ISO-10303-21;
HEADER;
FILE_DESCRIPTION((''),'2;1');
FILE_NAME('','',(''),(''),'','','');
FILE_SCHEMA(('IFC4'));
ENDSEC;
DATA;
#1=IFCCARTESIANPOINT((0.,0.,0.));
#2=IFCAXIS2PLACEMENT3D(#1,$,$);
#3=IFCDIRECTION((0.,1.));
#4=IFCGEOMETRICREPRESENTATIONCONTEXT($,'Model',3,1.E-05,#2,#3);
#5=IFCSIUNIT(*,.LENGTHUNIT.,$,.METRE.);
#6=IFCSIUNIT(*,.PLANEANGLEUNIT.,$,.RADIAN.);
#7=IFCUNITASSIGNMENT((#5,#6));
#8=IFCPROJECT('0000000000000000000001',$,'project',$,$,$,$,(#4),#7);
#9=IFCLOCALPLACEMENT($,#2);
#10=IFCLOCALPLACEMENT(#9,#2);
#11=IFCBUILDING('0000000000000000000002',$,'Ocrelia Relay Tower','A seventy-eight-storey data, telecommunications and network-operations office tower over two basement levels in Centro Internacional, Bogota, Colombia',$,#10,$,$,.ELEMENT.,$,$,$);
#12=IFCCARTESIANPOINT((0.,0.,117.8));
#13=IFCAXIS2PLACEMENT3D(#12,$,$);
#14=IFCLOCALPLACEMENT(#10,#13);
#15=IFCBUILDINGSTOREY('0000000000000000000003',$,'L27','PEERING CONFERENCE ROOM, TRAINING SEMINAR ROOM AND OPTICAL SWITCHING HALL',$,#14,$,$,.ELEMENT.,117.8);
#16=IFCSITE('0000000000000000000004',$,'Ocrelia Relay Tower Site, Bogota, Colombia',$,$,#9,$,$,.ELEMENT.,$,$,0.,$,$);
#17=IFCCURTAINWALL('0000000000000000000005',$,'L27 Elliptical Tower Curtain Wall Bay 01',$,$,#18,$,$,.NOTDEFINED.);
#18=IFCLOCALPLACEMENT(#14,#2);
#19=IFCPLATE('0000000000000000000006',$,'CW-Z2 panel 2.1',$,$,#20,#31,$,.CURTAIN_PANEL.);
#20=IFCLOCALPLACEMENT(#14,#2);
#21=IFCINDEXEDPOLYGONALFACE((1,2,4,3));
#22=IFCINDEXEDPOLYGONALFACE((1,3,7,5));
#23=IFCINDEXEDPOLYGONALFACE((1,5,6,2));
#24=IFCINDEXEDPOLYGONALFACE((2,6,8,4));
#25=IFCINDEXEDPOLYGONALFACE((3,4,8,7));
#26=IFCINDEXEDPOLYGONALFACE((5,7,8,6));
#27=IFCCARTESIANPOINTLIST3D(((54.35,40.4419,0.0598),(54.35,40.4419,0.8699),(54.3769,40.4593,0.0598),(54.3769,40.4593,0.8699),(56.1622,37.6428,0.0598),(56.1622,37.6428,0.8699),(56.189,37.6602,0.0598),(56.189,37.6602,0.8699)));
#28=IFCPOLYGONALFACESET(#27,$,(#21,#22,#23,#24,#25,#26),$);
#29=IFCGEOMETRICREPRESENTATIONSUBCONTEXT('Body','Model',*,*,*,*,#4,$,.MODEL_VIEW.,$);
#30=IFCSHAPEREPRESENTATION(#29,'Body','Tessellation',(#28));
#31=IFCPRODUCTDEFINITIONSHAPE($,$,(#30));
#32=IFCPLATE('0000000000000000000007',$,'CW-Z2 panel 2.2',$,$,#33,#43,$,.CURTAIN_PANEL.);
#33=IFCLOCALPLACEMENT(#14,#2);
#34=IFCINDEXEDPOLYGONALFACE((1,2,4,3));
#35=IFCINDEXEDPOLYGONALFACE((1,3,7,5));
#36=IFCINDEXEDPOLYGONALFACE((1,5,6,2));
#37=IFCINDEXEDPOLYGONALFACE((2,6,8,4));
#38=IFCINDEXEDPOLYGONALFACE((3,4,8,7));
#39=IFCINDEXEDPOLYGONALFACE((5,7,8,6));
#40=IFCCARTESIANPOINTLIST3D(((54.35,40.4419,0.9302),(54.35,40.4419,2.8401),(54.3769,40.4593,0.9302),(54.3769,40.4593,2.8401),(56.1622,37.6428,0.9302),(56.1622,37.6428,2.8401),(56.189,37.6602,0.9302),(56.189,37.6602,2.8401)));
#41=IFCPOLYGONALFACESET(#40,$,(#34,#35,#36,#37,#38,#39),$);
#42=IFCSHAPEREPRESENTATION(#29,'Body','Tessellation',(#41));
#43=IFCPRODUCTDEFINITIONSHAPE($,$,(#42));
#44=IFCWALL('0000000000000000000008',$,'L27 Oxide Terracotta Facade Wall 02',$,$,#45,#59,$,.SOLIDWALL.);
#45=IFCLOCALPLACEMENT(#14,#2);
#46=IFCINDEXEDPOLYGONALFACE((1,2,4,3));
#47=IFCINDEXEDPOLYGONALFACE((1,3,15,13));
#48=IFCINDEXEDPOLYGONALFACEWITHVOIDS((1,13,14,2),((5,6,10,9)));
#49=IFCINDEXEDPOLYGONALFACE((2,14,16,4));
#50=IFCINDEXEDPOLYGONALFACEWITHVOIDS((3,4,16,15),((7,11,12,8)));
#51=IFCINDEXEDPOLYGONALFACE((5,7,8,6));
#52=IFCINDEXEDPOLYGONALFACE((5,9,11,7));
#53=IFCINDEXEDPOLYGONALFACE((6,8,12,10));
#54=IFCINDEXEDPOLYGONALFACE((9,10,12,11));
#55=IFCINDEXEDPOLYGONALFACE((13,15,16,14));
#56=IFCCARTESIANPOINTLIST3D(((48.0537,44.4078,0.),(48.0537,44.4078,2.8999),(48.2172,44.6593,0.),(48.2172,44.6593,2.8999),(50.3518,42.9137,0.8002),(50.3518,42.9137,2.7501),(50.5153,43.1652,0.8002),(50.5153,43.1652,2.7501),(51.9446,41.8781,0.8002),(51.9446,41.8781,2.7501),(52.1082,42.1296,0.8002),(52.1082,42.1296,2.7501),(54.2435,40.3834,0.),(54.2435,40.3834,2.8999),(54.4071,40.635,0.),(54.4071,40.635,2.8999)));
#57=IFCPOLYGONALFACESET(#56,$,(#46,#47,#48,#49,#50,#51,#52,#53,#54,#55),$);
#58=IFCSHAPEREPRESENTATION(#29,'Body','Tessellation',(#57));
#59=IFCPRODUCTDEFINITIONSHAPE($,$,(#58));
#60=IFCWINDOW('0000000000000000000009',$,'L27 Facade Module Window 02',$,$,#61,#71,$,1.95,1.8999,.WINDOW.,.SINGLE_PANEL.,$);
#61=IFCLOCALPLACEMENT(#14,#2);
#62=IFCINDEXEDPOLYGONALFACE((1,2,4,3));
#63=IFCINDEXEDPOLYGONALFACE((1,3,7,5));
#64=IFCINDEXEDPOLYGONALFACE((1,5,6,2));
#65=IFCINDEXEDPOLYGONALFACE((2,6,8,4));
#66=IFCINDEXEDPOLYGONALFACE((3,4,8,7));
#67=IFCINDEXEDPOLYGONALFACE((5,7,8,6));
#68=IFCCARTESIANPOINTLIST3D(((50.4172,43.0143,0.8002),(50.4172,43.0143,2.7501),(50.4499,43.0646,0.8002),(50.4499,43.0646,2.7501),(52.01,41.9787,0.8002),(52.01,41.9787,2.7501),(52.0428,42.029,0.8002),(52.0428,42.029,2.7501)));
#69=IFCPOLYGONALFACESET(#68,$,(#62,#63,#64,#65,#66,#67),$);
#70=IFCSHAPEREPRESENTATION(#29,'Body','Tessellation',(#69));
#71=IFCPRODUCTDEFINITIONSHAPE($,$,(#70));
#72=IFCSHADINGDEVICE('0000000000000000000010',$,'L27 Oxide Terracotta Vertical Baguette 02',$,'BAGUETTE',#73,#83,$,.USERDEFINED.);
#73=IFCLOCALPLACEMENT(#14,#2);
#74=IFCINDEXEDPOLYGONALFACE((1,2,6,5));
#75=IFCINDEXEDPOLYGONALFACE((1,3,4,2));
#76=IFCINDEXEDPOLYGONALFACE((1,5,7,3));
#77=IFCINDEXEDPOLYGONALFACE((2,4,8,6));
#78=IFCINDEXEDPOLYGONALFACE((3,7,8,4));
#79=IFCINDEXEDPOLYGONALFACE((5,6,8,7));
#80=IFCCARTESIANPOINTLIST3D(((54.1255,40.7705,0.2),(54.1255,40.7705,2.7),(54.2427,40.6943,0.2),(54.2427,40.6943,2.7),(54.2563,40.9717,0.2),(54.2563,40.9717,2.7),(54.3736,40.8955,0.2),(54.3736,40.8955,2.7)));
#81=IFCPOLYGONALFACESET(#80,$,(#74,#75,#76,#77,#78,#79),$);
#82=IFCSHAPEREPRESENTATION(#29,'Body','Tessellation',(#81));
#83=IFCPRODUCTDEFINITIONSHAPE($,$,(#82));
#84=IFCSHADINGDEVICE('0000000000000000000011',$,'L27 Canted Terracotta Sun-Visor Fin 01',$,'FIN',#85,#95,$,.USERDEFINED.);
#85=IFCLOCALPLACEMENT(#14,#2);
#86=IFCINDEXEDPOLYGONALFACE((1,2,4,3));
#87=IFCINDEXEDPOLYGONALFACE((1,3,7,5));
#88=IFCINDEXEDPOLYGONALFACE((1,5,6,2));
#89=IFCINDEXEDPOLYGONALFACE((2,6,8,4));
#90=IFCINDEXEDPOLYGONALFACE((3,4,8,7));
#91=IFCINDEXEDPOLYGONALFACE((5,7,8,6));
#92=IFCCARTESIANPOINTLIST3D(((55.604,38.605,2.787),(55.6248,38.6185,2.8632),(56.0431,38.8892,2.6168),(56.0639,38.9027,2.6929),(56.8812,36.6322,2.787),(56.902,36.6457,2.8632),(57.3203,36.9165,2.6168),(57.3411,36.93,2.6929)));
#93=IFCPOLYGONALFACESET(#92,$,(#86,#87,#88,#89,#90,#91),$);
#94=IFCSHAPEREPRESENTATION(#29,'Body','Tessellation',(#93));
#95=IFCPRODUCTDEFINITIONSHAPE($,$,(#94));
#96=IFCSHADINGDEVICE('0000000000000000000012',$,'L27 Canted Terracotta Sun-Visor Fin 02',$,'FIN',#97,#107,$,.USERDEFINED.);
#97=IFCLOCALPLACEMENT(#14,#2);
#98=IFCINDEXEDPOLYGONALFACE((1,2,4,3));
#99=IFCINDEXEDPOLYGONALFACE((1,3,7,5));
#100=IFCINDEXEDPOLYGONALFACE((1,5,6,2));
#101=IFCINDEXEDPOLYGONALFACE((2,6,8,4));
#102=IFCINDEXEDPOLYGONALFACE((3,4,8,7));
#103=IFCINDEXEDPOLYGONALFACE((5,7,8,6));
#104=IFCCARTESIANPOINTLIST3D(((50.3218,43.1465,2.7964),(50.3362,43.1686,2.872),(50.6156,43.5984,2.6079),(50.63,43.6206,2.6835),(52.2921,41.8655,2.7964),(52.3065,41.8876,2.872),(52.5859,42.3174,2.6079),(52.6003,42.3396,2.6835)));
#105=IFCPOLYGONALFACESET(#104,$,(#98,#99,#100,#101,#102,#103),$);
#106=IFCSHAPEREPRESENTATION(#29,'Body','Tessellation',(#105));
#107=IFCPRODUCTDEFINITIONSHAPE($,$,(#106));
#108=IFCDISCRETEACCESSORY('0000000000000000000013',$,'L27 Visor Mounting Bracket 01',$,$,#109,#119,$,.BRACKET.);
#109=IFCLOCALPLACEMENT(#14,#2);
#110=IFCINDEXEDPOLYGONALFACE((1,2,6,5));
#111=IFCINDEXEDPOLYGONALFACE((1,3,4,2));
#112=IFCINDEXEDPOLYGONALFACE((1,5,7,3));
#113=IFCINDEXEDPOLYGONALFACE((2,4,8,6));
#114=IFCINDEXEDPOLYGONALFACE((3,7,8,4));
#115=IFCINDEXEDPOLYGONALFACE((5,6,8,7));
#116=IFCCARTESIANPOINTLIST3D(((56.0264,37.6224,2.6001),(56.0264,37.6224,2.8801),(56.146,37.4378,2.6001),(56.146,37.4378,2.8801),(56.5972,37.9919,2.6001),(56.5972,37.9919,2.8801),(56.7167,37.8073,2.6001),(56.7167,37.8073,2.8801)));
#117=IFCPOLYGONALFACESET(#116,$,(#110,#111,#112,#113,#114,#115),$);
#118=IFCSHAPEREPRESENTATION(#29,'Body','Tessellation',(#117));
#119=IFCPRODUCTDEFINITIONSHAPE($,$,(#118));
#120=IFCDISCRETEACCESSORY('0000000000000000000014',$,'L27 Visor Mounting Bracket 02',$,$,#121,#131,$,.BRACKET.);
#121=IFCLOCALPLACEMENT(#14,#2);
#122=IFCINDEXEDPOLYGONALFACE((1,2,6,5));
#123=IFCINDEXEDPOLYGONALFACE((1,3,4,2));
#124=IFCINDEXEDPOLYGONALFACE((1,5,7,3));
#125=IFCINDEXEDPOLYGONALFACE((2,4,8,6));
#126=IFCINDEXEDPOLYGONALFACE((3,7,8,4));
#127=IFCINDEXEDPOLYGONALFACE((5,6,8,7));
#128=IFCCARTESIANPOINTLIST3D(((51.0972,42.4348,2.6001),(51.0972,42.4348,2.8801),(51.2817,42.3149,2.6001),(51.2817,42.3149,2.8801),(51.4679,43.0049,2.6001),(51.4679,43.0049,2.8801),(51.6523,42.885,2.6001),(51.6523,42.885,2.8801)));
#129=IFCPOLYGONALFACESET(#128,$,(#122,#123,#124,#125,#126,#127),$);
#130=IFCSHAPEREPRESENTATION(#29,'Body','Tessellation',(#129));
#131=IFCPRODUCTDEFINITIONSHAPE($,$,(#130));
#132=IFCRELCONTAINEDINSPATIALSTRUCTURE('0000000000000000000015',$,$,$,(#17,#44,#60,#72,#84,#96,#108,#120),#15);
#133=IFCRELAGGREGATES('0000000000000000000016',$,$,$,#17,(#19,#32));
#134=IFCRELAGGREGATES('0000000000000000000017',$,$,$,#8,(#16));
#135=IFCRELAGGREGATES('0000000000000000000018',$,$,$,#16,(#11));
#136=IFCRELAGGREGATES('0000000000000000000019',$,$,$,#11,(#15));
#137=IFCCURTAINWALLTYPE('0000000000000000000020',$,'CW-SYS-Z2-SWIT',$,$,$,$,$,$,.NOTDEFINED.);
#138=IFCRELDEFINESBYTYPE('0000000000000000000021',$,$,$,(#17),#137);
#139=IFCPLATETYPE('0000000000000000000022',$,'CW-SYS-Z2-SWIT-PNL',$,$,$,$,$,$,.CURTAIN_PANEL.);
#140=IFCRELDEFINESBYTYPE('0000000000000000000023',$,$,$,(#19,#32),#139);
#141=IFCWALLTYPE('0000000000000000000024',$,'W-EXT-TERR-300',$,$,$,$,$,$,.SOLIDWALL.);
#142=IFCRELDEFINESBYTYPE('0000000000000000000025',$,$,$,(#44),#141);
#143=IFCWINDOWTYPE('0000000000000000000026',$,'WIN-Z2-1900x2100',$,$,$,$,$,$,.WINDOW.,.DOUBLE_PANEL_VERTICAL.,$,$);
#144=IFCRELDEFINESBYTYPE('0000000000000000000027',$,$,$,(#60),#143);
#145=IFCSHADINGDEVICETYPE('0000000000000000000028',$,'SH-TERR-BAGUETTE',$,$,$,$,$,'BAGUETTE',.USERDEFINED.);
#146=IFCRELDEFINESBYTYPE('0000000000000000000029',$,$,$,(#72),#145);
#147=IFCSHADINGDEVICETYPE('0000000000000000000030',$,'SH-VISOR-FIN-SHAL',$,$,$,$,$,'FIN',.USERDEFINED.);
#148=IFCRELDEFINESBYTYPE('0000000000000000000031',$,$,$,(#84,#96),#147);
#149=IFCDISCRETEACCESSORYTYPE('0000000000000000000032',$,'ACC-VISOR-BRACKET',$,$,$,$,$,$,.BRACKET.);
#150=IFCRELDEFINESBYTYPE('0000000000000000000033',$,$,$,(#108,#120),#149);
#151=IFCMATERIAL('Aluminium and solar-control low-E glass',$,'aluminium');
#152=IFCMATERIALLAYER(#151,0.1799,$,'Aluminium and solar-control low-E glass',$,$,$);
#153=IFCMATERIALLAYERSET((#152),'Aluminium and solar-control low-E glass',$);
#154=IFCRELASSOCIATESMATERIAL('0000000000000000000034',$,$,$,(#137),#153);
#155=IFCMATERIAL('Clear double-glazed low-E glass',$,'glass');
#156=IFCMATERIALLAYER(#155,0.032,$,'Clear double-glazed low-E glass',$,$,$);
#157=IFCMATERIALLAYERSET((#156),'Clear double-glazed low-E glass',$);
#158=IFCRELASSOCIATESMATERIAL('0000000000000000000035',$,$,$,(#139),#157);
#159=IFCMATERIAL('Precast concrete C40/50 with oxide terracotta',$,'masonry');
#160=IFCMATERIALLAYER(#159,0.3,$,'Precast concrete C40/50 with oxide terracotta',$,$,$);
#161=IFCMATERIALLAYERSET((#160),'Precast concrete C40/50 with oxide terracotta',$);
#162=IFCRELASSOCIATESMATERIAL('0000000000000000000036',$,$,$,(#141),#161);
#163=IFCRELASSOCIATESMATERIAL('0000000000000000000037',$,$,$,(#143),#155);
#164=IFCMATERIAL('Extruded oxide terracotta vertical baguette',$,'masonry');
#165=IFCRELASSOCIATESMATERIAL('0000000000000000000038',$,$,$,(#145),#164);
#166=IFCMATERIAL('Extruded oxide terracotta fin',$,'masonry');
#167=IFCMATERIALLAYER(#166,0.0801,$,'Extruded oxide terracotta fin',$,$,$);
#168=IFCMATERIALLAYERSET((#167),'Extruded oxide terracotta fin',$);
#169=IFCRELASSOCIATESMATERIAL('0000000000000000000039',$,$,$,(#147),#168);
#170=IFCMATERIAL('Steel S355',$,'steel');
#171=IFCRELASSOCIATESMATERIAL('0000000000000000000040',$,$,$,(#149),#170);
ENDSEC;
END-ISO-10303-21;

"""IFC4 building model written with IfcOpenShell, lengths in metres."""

from ifc_helpers import new_model, si_unit, direction, frame, frame_2d, origin, origin_2d, place, context, subcontext, project, spatial, rectangle, extrude, material, layer, layer_set, type_object, element, fill, aggregate, save


model = new_model("IFC4")

# Units and contexts
model_context = context("Model", 3, precision=1e-05, world=origin(), true_north=direction((0.0, 1.0)))
body_context = subcontext(model_context, "Body", "Model", "MODEL_VIEW")
ifc_project = project(units=[si_unit("LENGTHUNIT", "METRE"), si_unit("PLANEANGLEUNIT", "RADIAN")], contexts=[model_context])

# Site, building, storey
site_placement = place(None, origin())
site = spatial("IfcSite", under=ifc_project, at=site_placement, Name="Ocrelia Relay Tower Site, Bogota, Colombia", CompositionType="ELEMENT", RefElevation=0.0)
building_placement = place(site_placement, origin())
building = spatial("IfcBuilding", under=site, at=building_placement, Name="Ocrelia Relay Tower", Description="A seventy-eight-storey data, telecommunications and network-operations office tower over two basement levels in Centro Internacional, Bogota, Colombia", CompositionType="ELEMENT")
storey_placement = place(building_placement, frame((0.0, 0.0, 117.8)))
storey = spatial("IfcBuildingStorey", under=building, at=storey_placement, Name="L27", Description="PEERING CONFERENCE ROOM, TRAINING SEMINAR ROOM AND OPTICAL SWITCHING HALL", CompositionType="ELEMENT", Elevation=117.8)

# Shared definitions
ifc_material_1 = material(Name="Steel S355", Category="steel")

# Curtain wall, plates
ifc_material_2 = material(Name="Aluminium and solar-control low-E glass", Category="aluminium")
ifc_layer_1 = layer(ifc_material_2, 0.1799, Name="Aluminium and solar-control low-E glass")
ifc_layer_set_1 = layer_set([ifc_layer_1], Name="Aluminium and solar-control low-E glass")
curtain_wall_type = type_object("IfcCurtainWallType", Name="CW-SYS-Z2-SWIT", PredefinedType="NOTDEFINED", material=ifc_layer_set_1)
curtain_wall_placement = place(storey_placement, origin())
curtain_wall = element("IfcCurtainWall", 1, at=curtain_wall_placement, inside=storey, type_object=curtain_wall_type, Name="L27 Elliptical Tower Curtain Wall Bay 01", PredefinedType="NOTDEFINED")
ifc_material_3 = material(Name="Clear double-glazed low-E glass", Category="glass")
ifc_layer_2 = layer(ifc_material_3, 0.032, Name="Clear double-glazed low-E glass")
ifc_layer_set_2 = layer_set([ifc_layer_2], Name="Clear double-glazed low-E glass")
plate_type = type_object("IfcPlateType", Name="CW-SYS-Z2-SWIT-PNL", PredefinedType="CURTAIN_PANEL", material=ifc_layer_set_2)
plate_1_placement = place(storey_placement, frame((55.2695, 39.051, 0.0598), z_axis=(0.0, 0.0, 1.0), x_axis=(-0.543456, 0.839438, 0.0)))
plate_1 = element("IfcPlate", 2, at=plate_1_placement, type_object=plate_type, Name="CW-Z2 panel 2.1", PredefinedType="CURTAIN_PANEL", context=body_context, shape_type="SweptSolid", body=[
    extrude(rectangle(XDim=3.3345, YDim=0.032, at=origin_2d()), origin(), (0.0, 0.0, 1.0), 0.8101),
])
plate_2_placement = place(storey_placement, frame((55.2695, 39.051, 0.9302), z_axis=(0.0, 0.0, 1.0), x_axis=(-0.543456, 0.839438, 0.0)))
plate_2 = element("IfcPlate", 3, at=plate_2_placement, type_object=plate_type, Name="CW-Z2 panel 2.2", PredefinedType="CURTAIN_PANEL", context=body_context, shape_type="SweptSolid", body=[
    extrude(rectangle(XDim=3.3345, YDim=0.032, at=origin_2d()), origin(), (0.0, 0.0, 1.0), 1.9099),
])
aggregate(curtain_wall, [plate_1, plate_2])

# Wall, opening, window
ifc_material_4 = material(Name="Precast concrete C40/50 with oxide terracotta", Category="masonry")
ifc_layer_3 = layer(ifc_material_4, 0.3, Name="Precast concrete C40/50 with oxide terracotta")
ifc_layer_set_3 = layer_set([ifc_layer_3], Name="Precast concrete C40/50 with oxide terracotta")
wall_type = type_object("IfcWallType", Name="W-EXT-TERR-300", PredefinedType="SOLIDWALL", material=ifc_layer_set_3)
wall_placement = place(storey_placement, frame((54.3252, 40.5093, 0.0), z_axis=(0.0, 0.0, 1.0), x_axis=(-0.838385, 0.545079, 0.0)))
wall = element("IfcWall", 4, at=wall_placement, inside=storey, type_object=wall_type, Name="L27 Oxide Terracotta Facade Wall 02", PredefinedType="SOLIDWALL", context=body_context, shape_type="SweptSolid", body=[
    extrude(rectangle(XDim=7.3831, YDim=0.3, at=frame_2d((3.6914, 0.0))), origin(), (0.0, 0.0, 1.0), 2.8999),
])
opening_placement = place(wall_placement, frame((2.7419, 0.0, 0.8)))
opening = element("IfcOpeningElement", 5, at=opening_placement, cuts=wall, PredefinedType="OPENING", context=body_context, shape_type="SweptSolid", body=[
    extrude(rectangle(XDim=1.8999, YDim=1.95, at=frame_2d((0.95, 0.9751))), frame((0.0, 0.1602, 0.0), z_axis=(0.0, -1.0, 0.0), x_axis=(1.0, 0.0, 0.0)), (0.0, 0.0, 1.0), 0.3201),
])
window_type = type_object("IfcWindowType", Name="WIN-Z2-1900x2100", PartitioningType="DOUBLE_PANEL_VERTICAL", PredefinedType="WINDOW", material=ifc_material_3)
window_placement = place(opening_placement, origin())
window = element("IfcWindow", 6, at=window_placement, inside=storey, type_object=window_type, Name="L27 Facade Module Window 02", OverallHeight=1.95, OverallWidth=1.8999, PartitioningType="SINGLE_PANEL", PredefinedType="WINDOW", context=body_context, shape_type="SweptSolid", body=[
    extrude(rectangle(XDim=1.8999, YDim=1.95, at=frame_2d((0.95, 0.9751))), frame((0.0, 0.03, 0.0), z_axis=(0.0, -1.0, 0.0), x_axis=(1.0, 0.0, 0.0)), (0.0, 0.0, 1.0), 0.0601),
])
fill(opening, window)

# Shading devices
ifc_material_5 = material(Name="Extruded oxide terracotta vertical baguette", Category="masonry")
shading_device_type_1 = type_object("IfcShadingDeviceType", Name="SH-TERR-BAGUETTE", ElementType="BAGUETTE", PredefinedType="USERDEFINED", material=ifc_material_5)
shading_device_1_placement = place(storey_placement, frame((54.2495, 40.833, 0.2), z_axis=(0.0, 0.0, 1.0), x_axis=(-0.838382, 0.545084, 0.0)))
element("IfcShadingDevice", 7, at=shading_device_1_placement, inside=storey, type_object=shading_device_type_1, Name="L27 Oxide Terracotta Vertical Baguette 02", ObjectType="BAGUETTE", PredefinedType="USERDEFINED", context=body_context, shape_type="SweptSolid", body=[
    extrude(rectangle(XDim=0.1399, YDim=0.24, at=origin_2d()), origin(), (0.0, 0.0, 1.0), 2.5),
])
ifc_material_6 = material(Name="Extruded oxide terracotta fin", Category="masonry")
ifc_layer_4 = layer(ifc_material_6, 0.0801, Name="Extruded oxide terracotta fin")
ifc_layer_set_4 = layer_set([ifc_layer_4], Name="Extruded oxide terracotta fin")
shading_device_type_2 = type_object("IfcShadingDeviceType", Name="SH-VISOR-FIN-SHAL", ElementType="FIN", PredefinedType="USERDEFINED", material=ifc_layer_set_4)
shading_device_2_placement = place(storey_placement, frame((56.4622, 37.7607, 2.7019), z_axis=(0.259819, 0.168208, 0.950895), x_axis=(-0.543456, 0.839438, 0.0)))
element("IfcShadingDevice", 8, at=shading_device_2_placement, inside=storey, type_object=shading_device_type_2, Name="L27 Canted Terracotta Sun-Visor Fin 01", ObjectType="FIN", PredefinedType="USERDEFINED", context=body_context, shape_type="SweptSolid", body=[
    extrude(rectangle(XDim=2.3501, YDim=0.55, at=origin_2d()), origin(), (0.0, 0.0, 1.0), 0.0801),
])
shading_device_3_placement = place(storey_placement, frame((51.4539, 42.7319, 2.7021), z_axis=(0.179978, 0.276821, 0.943916), x_axis=(-0.838382, 0.545084, 0.0)))
element("IfcShadingDevice", 9, at=shading_device_3_placement, inside=storey, type_object=shading_device_type_2, Name="L27 Canted Terracotta Sun-Visor Fin 02", ObjectType="FIN", PredefinedType="USERDEFINED", context=body_context, shape_type="SweptSolid", body=[
    extrude(rectangle(XDim=2.3501, YDim=0.571, at=origin_2d()), origin(), (0.0, 0.0, 1.0), 0.0801),
])

# Discrete accessories
discrete_accessory_type = type_object("IfcDiscreteAccessoryType", Name="ACC-VISOR-BRACKET", PredefinedType="BRACKET", material=ifc_material_1)
for number, where, z_axis, x_axis, name in (
    (10, (56.3716, 37.7148, 2.6001), (0.0, 0.0, 1.0), (-0.543456, 0.839438, 0.0), "L27 Visor Mounting Bracket 01"),
    (11, (51.3748, 42.6599, 2.6001), (0.0, 0.0, 1.0), (-0.838382, 0.545084, 0.0), "L27 Visor Mounting Bracket 02"),
):
    element("IfcDiscreteAccessory", number, at=place(storey_placement, frame(where, z_axis=z_axis, x_axis=x_axis)), inside=storey, type_object=discrete_accessory_type, Name=name, PredefinedType="BRACKET", context=body_context, shape_type="SweptSolid", body=[
        extrude(rectangle(XDim=0.22, YDim=0.6799, at=origin_2d()), origin(), (0.0, 0.0, 1.0), 0.28),
    ])

save(model, "model.ifc")
